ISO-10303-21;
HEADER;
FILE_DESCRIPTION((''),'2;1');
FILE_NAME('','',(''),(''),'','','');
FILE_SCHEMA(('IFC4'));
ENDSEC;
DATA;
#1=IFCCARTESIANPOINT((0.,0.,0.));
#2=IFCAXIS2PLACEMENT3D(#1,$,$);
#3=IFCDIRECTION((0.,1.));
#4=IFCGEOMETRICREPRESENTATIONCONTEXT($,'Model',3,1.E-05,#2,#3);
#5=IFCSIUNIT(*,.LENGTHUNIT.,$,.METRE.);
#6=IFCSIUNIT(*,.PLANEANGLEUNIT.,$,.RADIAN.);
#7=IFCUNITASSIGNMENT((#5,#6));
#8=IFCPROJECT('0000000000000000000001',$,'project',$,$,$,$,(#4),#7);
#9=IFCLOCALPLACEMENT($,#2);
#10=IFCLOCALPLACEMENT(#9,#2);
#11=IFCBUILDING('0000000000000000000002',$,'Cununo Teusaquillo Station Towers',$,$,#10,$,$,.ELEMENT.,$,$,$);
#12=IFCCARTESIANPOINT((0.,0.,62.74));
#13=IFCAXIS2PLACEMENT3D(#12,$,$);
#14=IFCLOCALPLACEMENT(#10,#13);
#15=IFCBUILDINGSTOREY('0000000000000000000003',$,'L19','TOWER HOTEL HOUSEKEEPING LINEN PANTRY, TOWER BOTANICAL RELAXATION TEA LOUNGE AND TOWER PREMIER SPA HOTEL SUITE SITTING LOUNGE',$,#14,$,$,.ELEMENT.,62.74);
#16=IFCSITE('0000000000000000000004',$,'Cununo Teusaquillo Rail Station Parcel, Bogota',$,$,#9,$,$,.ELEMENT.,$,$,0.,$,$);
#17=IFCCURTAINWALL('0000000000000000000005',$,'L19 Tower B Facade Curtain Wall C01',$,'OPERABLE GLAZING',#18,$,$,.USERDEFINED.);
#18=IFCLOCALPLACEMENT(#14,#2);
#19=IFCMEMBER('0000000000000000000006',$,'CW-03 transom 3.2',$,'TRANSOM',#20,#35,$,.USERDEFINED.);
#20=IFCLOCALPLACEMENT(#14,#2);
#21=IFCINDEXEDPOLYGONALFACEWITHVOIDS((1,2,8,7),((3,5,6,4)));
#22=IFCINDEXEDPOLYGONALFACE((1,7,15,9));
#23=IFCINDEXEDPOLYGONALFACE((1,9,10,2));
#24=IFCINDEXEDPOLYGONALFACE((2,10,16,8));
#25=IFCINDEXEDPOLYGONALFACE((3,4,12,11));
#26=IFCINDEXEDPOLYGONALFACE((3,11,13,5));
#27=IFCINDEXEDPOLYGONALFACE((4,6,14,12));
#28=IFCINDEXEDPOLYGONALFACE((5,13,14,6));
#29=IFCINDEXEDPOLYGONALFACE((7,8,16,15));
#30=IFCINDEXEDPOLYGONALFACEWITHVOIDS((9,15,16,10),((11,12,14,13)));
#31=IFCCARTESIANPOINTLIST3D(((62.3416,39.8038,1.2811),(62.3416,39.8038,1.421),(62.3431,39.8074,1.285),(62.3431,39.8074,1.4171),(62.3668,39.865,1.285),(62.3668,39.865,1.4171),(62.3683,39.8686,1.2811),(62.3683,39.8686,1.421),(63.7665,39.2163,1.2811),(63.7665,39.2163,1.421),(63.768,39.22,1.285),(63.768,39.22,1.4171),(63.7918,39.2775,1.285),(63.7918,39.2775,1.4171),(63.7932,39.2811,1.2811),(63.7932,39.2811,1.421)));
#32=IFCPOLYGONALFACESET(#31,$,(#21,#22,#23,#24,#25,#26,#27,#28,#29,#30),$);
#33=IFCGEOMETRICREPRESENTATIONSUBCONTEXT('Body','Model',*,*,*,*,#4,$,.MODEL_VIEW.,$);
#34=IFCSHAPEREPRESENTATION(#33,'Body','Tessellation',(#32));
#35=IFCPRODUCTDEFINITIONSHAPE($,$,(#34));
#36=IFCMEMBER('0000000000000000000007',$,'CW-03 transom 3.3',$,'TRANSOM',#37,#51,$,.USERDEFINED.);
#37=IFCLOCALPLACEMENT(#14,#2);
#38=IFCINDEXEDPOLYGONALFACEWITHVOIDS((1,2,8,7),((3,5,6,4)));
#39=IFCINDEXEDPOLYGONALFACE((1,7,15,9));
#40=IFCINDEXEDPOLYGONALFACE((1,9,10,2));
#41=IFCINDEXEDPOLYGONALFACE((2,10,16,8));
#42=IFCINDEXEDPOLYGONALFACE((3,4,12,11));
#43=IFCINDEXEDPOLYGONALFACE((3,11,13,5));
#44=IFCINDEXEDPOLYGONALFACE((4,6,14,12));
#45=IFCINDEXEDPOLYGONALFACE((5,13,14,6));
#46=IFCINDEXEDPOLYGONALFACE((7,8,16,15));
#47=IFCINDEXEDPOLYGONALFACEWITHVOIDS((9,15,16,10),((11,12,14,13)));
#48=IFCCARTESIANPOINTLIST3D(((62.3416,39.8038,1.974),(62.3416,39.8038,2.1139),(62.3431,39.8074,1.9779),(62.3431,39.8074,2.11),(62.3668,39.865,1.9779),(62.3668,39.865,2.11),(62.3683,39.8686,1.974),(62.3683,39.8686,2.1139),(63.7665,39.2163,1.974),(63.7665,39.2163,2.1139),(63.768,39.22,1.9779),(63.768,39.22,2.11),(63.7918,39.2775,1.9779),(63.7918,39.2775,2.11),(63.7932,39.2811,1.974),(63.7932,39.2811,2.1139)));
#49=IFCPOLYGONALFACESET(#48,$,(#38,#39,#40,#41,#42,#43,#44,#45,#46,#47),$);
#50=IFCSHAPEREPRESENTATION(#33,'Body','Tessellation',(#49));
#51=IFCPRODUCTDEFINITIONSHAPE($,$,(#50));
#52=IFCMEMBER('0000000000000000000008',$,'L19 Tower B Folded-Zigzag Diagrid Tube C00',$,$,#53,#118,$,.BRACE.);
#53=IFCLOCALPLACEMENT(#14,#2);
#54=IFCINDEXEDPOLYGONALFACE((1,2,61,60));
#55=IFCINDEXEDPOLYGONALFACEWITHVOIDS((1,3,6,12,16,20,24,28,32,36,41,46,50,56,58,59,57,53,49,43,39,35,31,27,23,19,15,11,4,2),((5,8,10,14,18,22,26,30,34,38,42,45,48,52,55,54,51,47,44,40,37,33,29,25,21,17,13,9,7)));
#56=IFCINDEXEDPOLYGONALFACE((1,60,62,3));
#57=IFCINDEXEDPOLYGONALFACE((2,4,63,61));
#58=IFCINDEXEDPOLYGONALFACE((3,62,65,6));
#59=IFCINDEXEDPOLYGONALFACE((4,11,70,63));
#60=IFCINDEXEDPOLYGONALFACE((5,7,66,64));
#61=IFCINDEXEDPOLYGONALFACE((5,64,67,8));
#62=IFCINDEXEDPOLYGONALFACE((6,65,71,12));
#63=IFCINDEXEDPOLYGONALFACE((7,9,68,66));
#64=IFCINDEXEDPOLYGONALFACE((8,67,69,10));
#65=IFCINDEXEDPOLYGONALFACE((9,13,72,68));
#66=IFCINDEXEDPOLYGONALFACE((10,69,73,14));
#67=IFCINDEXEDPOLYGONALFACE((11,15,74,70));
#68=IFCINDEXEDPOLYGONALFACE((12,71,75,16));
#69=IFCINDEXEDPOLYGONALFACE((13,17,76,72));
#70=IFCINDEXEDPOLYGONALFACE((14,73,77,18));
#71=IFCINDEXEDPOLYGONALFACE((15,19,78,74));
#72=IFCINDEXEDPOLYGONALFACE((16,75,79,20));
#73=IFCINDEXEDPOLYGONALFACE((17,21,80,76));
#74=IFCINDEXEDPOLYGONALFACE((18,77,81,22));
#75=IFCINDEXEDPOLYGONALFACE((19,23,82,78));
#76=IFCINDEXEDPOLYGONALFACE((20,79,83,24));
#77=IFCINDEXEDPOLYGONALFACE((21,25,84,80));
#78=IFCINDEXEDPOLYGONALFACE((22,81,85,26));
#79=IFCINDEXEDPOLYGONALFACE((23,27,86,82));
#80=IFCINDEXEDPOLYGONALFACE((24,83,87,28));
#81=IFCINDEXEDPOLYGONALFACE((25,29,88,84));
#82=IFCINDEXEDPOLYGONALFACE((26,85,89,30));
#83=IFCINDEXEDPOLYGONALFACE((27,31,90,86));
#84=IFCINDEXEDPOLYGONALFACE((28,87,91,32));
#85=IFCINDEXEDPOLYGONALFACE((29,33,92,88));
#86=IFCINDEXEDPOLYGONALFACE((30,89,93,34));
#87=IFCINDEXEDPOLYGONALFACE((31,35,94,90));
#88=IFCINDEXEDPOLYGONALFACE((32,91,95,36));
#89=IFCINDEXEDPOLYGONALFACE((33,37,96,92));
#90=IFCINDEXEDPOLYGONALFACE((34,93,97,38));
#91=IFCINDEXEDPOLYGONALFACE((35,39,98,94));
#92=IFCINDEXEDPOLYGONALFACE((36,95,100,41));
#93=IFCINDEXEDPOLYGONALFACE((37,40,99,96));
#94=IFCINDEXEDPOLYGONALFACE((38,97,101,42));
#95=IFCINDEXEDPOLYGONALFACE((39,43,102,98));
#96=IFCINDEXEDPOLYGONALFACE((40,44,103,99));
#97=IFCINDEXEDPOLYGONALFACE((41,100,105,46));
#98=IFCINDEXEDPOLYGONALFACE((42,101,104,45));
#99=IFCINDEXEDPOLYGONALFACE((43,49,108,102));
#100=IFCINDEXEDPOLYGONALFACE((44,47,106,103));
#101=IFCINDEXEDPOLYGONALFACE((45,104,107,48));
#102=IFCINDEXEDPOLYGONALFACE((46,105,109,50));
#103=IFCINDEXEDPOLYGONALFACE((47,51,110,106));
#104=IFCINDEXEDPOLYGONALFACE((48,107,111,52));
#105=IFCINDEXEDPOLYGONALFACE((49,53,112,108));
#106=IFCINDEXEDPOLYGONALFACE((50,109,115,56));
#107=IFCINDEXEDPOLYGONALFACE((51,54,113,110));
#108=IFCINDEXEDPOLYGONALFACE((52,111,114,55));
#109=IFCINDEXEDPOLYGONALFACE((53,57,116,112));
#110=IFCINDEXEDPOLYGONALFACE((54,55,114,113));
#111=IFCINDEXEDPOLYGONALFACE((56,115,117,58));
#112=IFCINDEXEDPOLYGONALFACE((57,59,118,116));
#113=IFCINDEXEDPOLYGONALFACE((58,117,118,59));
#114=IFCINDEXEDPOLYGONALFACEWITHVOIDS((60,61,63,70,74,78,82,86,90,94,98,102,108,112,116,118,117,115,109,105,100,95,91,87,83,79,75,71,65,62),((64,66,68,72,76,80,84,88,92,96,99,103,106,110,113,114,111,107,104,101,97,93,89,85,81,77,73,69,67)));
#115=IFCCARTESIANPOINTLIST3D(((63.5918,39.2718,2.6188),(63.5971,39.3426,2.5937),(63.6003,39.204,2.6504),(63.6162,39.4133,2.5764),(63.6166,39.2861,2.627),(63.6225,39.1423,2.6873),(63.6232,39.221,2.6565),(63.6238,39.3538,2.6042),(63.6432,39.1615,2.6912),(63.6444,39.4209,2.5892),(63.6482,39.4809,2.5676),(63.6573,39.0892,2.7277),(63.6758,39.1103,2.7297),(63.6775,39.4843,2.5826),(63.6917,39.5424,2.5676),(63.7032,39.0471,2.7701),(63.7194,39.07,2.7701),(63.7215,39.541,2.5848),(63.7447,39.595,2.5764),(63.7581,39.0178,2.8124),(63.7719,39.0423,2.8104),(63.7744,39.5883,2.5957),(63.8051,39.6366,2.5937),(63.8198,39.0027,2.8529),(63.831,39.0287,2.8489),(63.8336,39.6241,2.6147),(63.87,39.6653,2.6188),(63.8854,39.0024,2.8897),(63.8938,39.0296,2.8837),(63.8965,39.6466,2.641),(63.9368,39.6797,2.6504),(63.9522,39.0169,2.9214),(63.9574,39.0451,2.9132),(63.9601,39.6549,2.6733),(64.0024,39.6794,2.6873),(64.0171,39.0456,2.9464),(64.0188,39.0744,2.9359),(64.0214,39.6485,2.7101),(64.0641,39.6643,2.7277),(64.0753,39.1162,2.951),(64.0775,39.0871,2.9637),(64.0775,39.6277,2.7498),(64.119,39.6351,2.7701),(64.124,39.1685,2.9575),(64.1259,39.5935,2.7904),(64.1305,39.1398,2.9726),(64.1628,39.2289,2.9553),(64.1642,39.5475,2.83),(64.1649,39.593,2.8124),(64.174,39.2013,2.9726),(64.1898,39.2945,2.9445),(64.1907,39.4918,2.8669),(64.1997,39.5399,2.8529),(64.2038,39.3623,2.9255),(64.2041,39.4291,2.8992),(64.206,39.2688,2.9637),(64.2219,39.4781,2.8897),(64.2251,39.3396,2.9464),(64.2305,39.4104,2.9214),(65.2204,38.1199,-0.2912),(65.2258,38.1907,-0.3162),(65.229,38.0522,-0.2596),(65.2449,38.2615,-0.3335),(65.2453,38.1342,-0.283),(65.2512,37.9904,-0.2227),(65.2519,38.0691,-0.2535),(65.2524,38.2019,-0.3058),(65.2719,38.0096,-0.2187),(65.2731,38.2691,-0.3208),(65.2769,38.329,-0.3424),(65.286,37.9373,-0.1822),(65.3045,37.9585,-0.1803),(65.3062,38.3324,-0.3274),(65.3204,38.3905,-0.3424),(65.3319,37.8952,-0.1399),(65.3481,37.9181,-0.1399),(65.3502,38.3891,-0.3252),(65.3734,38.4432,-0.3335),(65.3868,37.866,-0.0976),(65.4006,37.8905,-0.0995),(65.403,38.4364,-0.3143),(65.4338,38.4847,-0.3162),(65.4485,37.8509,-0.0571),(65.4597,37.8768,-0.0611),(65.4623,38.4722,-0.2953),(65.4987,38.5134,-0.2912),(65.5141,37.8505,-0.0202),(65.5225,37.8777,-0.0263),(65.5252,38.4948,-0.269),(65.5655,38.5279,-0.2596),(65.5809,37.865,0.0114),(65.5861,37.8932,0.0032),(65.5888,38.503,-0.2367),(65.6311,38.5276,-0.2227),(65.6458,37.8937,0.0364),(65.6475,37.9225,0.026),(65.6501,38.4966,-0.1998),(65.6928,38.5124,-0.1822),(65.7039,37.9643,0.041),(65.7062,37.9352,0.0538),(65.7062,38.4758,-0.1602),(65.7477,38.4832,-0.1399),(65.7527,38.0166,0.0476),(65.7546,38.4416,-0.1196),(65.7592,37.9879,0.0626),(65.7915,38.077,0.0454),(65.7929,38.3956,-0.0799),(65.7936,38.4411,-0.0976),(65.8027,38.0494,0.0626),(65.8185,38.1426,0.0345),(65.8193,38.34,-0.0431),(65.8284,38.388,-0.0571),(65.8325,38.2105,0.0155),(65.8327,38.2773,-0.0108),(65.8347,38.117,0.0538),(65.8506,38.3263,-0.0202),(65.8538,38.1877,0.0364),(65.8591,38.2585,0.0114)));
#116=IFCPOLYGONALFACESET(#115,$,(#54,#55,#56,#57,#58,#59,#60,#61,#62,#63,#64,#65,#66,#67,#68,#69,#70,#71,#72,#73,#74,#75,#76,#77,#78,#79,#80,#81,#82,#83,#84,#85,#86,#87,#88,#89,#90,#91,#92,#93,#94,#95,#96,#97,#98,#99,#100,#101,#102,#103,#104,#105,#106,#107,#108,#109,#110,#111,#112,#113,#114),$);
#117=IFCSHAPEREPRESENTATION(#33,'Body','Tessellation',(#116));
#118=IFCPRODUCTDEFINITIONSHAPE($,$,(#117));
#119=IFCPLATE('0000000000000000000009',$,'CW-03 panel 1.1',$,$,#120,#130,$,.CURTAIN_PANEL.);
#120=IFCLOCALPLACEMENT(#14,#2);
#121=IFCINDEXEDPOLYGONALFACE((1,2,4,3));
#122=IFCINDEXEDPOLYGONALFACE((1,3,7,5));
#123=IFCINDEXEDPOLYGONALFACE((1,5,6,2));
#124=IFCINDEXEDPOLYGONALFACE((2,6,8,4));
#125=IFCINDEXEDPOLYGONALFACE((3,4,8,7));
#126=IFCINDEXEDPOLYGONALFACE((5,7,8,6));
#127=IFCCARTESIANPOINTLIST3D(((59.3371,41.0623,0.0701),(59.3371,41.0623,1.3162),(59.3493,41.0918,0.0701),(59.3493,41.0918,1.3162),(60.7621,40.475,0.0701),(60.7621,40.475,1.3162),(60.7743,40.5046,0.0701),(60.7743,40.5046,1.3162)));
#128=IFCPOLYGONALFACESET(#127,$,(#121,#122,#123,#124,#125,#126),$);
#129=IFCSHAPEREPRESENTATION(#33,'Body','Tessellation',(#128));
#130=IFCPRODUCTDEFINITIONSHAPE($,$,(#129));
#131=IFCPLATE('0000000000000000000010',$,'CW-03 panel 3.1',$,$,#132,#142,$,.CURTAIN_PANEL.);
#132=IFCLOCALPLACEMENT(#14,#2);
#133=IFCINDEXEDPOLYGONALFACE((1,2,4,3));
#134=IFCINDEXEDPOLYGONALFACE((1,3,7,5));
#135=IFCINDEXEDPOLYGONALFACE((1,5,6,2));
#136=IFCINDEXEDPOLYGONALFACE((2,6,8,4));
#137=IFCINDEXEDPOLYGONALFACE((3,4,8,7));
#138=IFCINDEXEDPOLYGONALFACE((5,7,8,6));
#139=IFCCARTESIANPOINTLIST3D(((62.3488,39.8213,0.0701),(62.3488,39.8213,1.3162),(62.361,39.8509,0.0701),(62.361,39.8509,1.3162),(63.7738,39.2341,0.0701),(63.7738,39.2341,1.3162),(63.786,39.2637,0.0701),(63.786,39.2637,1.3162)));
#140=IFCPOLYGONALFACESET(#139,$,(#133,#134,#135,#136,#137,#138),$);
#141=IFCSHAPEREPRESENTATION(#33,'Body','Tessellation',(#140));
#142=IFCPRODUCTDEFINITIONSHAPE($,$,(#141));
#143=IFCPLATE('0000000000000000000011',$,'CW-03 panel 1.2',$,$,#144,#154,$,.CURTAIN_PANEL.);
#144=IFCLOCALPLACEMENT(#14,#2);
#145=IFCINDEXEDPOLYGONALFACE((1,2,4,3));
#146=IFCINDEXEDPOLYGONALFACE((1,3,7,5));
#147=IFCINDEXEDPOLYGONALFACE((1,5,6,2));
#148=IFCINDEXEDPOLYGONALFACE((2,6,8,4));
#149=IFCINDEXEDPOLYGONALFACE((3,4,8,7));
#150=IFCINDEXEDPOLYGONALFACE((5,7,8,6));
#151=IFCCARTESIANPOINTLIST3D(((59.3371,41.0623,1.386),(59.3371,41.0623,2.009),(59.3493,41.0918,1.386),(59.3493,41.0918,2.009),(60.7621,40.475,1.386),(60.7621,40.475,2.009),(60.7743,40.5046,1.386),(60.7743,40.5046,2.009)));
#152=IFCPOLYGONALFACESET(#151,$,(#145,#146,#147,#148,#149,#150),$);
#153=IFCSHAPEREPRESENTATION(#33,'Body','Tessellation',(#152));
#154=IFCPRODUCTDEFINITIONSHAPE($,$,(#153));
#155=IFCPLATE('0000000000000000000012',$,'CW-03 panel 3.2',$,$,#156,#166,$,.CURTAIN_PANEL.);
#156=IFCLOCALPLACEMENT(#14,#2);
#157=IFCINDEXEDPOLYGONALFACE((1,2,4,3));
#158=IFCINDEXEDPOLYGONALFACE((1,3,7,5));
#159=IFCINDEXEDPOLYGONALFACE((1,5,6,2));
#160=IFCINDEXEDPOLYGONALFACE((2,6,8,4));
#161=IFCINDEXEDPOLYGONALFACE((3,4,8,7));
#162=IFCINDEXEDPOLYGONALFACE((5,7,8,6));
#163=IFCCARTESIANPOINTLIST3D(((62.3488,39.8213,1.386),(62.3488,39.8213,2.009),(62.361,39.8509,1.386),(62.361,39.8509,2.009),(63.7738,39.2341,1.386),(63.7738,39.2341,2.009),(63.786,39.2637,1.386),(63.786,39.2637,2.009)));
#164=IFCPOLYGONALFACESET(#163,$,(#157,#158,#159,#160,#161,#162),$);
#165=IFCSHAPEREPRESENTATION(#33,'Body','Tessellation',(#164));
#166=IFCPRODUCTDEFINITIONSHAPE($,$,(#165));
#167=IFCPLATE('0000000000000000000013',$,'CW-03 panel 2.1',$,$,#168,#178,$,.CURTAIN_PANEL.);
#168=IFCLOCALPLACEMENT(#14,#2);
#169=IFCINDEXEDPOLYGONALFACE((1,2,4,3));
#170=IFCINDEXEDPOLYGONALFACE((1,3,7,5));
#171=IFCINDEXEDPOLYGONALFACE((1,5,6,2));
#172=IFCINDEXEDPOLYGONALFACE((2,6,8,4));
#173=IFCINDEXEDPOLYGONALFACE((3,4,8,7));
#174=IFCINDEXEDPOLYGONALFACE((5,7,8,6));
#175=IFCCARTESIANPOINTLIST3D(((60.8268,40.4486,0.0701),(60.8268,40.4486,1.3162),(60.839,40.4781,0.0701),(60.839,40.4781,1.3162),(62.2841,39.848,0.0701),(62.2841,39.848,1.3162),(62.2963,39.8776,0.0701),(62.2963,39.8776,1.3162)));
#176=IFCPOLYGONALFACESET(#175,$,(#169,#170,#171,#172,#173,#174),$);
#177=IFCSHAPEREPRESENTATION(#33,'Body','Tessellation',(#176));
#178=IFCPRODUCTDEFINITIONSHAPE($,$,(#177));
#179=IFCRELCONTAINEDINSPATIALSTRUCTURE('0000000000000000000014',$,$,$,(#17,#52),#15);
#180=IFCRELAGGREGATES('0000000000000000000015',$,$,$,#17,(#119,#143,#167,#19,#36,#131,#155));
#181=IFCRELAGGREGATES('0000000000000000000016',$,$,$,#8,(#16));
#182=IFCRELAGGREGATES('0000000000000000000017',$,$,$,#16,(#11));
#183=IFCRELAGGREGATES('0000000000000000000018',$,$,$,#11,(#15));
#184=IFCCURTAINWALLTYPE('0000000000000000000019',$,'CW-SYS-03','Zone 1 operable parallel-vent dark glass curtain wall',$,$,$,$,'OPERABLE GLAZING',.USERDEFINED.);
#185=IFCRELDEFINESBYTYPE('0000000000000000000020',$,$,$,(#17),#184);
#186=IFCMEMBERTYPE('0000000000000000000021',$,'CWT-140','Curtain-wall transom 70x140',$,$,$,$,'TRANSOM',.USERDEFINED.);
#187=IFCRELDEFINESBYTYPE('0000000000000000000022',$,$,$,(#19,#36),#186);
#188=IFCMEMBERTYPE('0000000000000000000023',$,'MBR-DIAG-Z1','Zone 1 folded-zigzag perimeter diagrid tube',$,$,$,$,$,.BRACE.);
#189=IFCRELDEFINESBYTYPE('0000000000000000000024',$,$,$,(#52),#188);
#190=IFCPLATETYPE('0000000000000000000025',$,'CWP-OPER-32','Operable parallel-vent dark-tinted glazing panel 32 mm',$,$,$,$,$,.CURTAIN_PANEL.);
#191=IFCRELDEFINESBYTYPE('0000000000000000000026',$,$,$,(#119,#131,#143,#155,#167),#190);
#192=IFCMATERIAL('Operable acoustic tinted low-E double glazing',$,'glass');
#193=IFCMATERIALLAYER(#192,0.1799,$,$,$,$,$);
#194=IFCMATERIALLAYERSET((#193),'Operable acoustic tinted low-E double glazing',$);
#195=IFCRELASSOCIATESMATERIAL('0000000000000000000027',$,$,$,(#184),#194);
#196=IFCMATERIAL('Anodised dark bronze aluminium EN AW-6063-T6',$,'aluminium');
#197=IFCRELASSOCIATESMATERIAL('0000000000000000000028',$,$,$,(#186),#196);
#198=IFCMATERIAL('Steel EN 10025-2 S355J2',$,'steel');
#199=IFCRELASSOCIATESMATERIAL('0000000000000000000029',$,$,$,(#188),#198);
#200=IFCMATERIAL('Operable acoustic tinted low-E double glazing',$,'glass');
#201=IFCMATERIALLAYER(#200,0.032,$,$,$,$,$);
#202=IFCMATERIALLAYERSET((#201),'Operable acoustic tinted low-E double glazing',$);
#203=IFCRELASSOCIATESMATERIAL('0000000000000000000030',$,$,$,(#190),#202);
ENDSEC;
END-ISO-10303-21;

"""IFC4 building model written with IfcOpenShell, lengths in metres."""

from ifc_helpers import new_model, si_unit, direction, frame, origin, origin_2d, place, context, subcontext, project, spatial, rectangle, hollow_rectangle, hollow_circle, extrude, source, transform, mapped, material, layer, layer_set, material_profile, profile_set, type_object, element, aggregate, save


model = new_model("IFC4")

# Units and contexts
model_context = context("Model", 3, precision=1e-05, world=origin(), true_north=direction((0.0, 1.0)))
body_context = subcontext(model_context, "Body", "Model", "MODEL_VIEW")
ifc_project = project(units=[si_unit("LENGTHUNIT", "METRE"), si_unit("PLANEANGLEUNIT", "RADIAN")], contexts=[model_context])

# Site, building, storey
site_placement = place(None, origin())
site = spatial("IfcSite", under=ifc_project, at=site_placement, Name="Cununo Teusaquillo Rail Station Parcel, Bogota", CompositionType="ELEMENT", RefElevation=0.0)
building_placement = place(site_placement, origin())
building = spatial("IfcBuilding", under=site, at=building_placement, Name="Cununo Teusaquillo Station Towers", CompositionType="ELEMENT")
storey_placement = place(building_placement, frame((0.0, 0.0, 62.74)))
storey = spatial("IfcBuildingStorey", under=building, at=storey_placement, Name="L19", Description="TOWER HOTEL HOUSEKEEPING LINEN PANTRY, TOWER BOTANICAL RELAXATION TEA LOUNGE AND TOWER PREMIER SPA HOTEL SUITE SITTING LOUNGE", CompositionType="ELEMENT", Elevation=62.74)

# Curtain wall, members
ifc_material_1 = material(Name="Operable acoustic tinted low-E double glazing", Category="glass")
ifc_layer_1 = layer(ifc_material_1, 0.1799)
ifc_layer_set_1 = layer_set([ifc_layer_1], Name="Operable acoustic tinted low-E double glazing")
curtain_wall_type = type_object("IfcCurtainWallType", Name="CW-SYS-03", Description="Zone 1 operable parallel-vent dark glass curtain wall", ElementType="OPERABLE GLAZING", PredefinedType="USERDEFINED", material=ifc_layer_set_1)
curtain_wall_placement = place(storey_placement, origin())
curtain_wall = element("IfcCurtainWall", 1, at=curtain_wall_placement, inside=storey, type_object=curtain_wall_type, Name="L19 Tower B Facade Curtain Wall C01", ObjectType="OPERABLE GLAZING", PredefinedType="USERDEFINED")
ifc_material_2 = material(Name="Anodised dark bronze aluminium EN AW-6063-T6", Category="aluminium")
ifc_material_profile_1 = material_profile(ifc_material_2, hollow_rectangle(XDim=0.0701, YDim=0.1399, WallThickness=0.0039, at=origin_2d()), Name="CW-TRAN-70x140")
ifc_profile_set_1 = profile_set([ifc_material_profile_1], Name="Anodised dark bronze aluminium EN AW-6063-T6")
member_type_1 = type_object("IfcMemberType", Name="CWT-140", Description="Curtain-wall transom 70x140", ElementType="TRANSOM", PredefinedType="USERDEFINED", material=ifc_profile_set_1)
member_1_placement = place(storey_placement, frame((62.355, 39.8362, 1.3511), z_axis=(0.924514, -0.381148, 0.0), x_axis=(0.381148, 0.924514, 0.0)))
member_1 = element("IfcMember", 2, at=member_1_placement, type_object=member_type_1, Name="CW-03 transom 3.2", ObjectType="TRANSOM", PredefinedType="USERDEFINED", context=body_context, shape_type="SweptSolid", body=[
    extrude(hollow_rectangle(XDim=0.0701, YDim=0.1399, WallThickness=0.0039, at=origin_2d()), origin(), (0.0, 0.0, 1.0), 1.5413),
])
member_2_placement = place(storey_placement, frame((62.355, 39.8362, 2.0439), z_axis=(0.924514, -0.381148, 0.0), x_axis=(0.381148, 0.924514, 0.0)))
member_2 = element("IfcMember", 3, at=member_2_placement, type_object=member_type_1, Name="CW-03 transom 3.3", ObjectType="TRANSOM", PredefinedType="USERDEFINED", context=body_context, shape_type="SweptSolid", body=[
    extrude(hollow_rectangle(XDim=0.0701, YDim=0.1399, WallThickness=0.0039, at=origin_2d()), origin(), (0.0, 0.0, 1.0), 1.5413),
])

# Member
ifc_material_3 = material(Name="Steel EN 10025-2 S355J2", Category="steel")
ifc_material_profile_2 = material_profile(ifc_material_3, hollow_circle(Radius=0.3601, WallThickness=0.0281, at=origin_2d()), Name="CHS 720x28")
ifc_profile_set_2 = profile_set([ifc_material_profile_2], Name="Steel EN 10025-2 S355J2")
member_type_2 = type_object("IfcMemberType", Name="MBR-DIAG-Z1", Description="Zone 1 folded-zigzag perimeter diagrid tube", PredefinedType="BRACE", material=ifc_profile_set_2)
member_3_placement = place(storey_placement, frame((65.5398, 38.1892, -0.1399), z_axis=(-0.461637, 0.326488, 0.824801), x_axis=(-0.577423, -0.816445, 0.0)))
element("IfcMember", 4, at=member_3_placement, inside=storey, type_object=member_type_2, Name="L19 Tower B Folded-Zigzag Diagrid Tube C00", PredefinedType="BRACE", context=body_context, shape_type="SweptSolid", body=[
    extrude(hollow_circle(Radius=0.3601, WallThickness=0.0281, at=origin_2d()), origin(), (0.0, 0.0, 1.0), 3.5281),
])

# Plates
ifc_material_4 = material(Name="Operable acoustic tinted low-E double glazing", Category="glass")
ifc_layer_2 = layer(ifc_material_4, 0.032)
ifc_layer_set_2 = layer_set([ifc_layer_2], Name="Operable acoustic tinted low-E double glazing")
plate_type = type_object("IfcPlateType", Name="CWP-OPER-32", Description="Operable parallel-vent dark-tinted glazing panel 32 mm", PredefinedType="CURTAIN_PANEL", material=ifc_layer_set_2)
shared_shape_1 = source(origin(), body_context, "Body", "SweptSolid", [
    extrude(rectangle(XDim=1.5413, YDim=0.032, at=origin_2d()), origin(), (0.0, 0.0, 1.0), 1.2461),
])
plate_1_placement = place(storey_placement, frame((60.0557, 40.7834, 0.0701), z_axis=(0.0, 0.0, 1.0), x_axis=(0.924572, -0.381006, 0.0)))
plate_1 = element("IfcPlate", 5, at=plate_1_placement, type_object=plate_type, Name="CW-03 panel 1.1", PredefinedType="CURTAIN_PANEL", context=body_context, shape_type="MappedRepresentation", body=[
    mapped(shared_shape_1, transform((0.0, 0.0, 0.0), x_axis=(1.0, 0.0, 0.0), y_axis=(0.0, 1.0, 0.0), z_axis=(0.0, 0.0, 1.0), scale=1.0)),
])
plate_2_placement = place(storey_placement, frame((63.0674, 39.5425, 0.0701), z_axis=(0.0, 0.0, 1.0), x_axis=(0.924572, -0.381006, 0.0)))
plate_2 = element("IfcPlate", 6, at=plate_2_placement, type_object=plate_type, Name="CW-03 panel 3.1", PredefinedType="CURTAIN_PANEL", context=body_context, shape_type="MappedRepresentation", body=[
    mapped(shared_shape_1, transform((0.0, 0.0, 0.0), x_axis=(1.0, 0.0, 0.0), y_axis=(0.0, 1.0, 0.0), z_axis=(0.0, 0.0, 1.0), scale=1.0)),
])
shared_shape_2 = source(origin(), body_context, "Body", "SweptSolid", [
    extrude(rectangle(XDim=1.5413, YDim=0.032, at=origin_2d()), origin(), (0.0, 0.0, 1.0), 0.623),
])
plate_3_placement = place(storey_placement, frame((60.0557, 40.7834, 1.386), z_axis=(0.0, 0.0, 1.0), x_axis=(0.924572, -0.381006, 0.0)))
plate_3 = element("IfcPlate", 7, at=plate_3_placement, type_object=plate_type, Name="CW-03 panel 1.2", PredefinedType="CURTAIN_PANEL", context=body_context, shape_type="MappedRepresentation", body=[
    mapped(shared_shape_2, transform((0.0, 0.0, 0.0), x_axis=(1.0, 0.0, 0.0), y_axis=(0.0, 1.0, 0.0), z_axis=(0.0, 0.0, 1.0), scale=1.0)),
])
plate_4_placement = place(storey_placement, frame((63.0674, 39.5425, 1.386), z_axis=(0.0, 0.0, 1.0), x_axis=(0.924572, -0.381006, 0.0)))
plate_4 = element("IfcPlate", 8, at=plate_4_placement, type_object=plate_type, Name="CW-03 panel 3.2", PredefinedType="CURTAIN_PANEL", context=body_context, shape_type="MappedRepresentation", body=[
    mapped(shared_shape_2, transform((0.0, 0.0, 0.0), x_axis=(1.0, 0.0, 0.0), y_axis=(0.0, 1.0, 0.0), z_axis=(0.0, 0.0, 1.0), scale=1.0)),
])
shared_shape_3 = source(origin(), body_context, "Body", "SweptSolid", [
    extrude(rectangle(XDim=1.5762, YDim=0.032, at=origin_2d()), origin(), (0.0, 0.0, 1.0), 1.2461),
])
plate_5_placement = place(storey_placement, frame((61.5615, 40.1631, 0.0701), z_axis=(0.0, 0.0, 1.0), x_axis=(0.924572, -0.381006, 0.0)))
plate_5 = element("IfcPlate", 9, at=plate_5_placement, type_object=plate_type, Name="CW-03 panel 2.1", PredefinedType="CURTAIN_PANEL", context=body_context, shape_type="MappedRepresentation", body=[
    mapped(shared_shape_3, transform((0.0, 0.0, 0.0), x_axis=(1.0, 0.0, 0.0), y_axis=(0.0, 1.0, 0.0), z_axis=(0.0, 0.0, 1.0), scale=1.0)),
])
aggregate(curtain_wall, [plate_1, plate_3, plate_5, member_1, member_2, plate_2, plate_4])

save(model, "model.ifc")
